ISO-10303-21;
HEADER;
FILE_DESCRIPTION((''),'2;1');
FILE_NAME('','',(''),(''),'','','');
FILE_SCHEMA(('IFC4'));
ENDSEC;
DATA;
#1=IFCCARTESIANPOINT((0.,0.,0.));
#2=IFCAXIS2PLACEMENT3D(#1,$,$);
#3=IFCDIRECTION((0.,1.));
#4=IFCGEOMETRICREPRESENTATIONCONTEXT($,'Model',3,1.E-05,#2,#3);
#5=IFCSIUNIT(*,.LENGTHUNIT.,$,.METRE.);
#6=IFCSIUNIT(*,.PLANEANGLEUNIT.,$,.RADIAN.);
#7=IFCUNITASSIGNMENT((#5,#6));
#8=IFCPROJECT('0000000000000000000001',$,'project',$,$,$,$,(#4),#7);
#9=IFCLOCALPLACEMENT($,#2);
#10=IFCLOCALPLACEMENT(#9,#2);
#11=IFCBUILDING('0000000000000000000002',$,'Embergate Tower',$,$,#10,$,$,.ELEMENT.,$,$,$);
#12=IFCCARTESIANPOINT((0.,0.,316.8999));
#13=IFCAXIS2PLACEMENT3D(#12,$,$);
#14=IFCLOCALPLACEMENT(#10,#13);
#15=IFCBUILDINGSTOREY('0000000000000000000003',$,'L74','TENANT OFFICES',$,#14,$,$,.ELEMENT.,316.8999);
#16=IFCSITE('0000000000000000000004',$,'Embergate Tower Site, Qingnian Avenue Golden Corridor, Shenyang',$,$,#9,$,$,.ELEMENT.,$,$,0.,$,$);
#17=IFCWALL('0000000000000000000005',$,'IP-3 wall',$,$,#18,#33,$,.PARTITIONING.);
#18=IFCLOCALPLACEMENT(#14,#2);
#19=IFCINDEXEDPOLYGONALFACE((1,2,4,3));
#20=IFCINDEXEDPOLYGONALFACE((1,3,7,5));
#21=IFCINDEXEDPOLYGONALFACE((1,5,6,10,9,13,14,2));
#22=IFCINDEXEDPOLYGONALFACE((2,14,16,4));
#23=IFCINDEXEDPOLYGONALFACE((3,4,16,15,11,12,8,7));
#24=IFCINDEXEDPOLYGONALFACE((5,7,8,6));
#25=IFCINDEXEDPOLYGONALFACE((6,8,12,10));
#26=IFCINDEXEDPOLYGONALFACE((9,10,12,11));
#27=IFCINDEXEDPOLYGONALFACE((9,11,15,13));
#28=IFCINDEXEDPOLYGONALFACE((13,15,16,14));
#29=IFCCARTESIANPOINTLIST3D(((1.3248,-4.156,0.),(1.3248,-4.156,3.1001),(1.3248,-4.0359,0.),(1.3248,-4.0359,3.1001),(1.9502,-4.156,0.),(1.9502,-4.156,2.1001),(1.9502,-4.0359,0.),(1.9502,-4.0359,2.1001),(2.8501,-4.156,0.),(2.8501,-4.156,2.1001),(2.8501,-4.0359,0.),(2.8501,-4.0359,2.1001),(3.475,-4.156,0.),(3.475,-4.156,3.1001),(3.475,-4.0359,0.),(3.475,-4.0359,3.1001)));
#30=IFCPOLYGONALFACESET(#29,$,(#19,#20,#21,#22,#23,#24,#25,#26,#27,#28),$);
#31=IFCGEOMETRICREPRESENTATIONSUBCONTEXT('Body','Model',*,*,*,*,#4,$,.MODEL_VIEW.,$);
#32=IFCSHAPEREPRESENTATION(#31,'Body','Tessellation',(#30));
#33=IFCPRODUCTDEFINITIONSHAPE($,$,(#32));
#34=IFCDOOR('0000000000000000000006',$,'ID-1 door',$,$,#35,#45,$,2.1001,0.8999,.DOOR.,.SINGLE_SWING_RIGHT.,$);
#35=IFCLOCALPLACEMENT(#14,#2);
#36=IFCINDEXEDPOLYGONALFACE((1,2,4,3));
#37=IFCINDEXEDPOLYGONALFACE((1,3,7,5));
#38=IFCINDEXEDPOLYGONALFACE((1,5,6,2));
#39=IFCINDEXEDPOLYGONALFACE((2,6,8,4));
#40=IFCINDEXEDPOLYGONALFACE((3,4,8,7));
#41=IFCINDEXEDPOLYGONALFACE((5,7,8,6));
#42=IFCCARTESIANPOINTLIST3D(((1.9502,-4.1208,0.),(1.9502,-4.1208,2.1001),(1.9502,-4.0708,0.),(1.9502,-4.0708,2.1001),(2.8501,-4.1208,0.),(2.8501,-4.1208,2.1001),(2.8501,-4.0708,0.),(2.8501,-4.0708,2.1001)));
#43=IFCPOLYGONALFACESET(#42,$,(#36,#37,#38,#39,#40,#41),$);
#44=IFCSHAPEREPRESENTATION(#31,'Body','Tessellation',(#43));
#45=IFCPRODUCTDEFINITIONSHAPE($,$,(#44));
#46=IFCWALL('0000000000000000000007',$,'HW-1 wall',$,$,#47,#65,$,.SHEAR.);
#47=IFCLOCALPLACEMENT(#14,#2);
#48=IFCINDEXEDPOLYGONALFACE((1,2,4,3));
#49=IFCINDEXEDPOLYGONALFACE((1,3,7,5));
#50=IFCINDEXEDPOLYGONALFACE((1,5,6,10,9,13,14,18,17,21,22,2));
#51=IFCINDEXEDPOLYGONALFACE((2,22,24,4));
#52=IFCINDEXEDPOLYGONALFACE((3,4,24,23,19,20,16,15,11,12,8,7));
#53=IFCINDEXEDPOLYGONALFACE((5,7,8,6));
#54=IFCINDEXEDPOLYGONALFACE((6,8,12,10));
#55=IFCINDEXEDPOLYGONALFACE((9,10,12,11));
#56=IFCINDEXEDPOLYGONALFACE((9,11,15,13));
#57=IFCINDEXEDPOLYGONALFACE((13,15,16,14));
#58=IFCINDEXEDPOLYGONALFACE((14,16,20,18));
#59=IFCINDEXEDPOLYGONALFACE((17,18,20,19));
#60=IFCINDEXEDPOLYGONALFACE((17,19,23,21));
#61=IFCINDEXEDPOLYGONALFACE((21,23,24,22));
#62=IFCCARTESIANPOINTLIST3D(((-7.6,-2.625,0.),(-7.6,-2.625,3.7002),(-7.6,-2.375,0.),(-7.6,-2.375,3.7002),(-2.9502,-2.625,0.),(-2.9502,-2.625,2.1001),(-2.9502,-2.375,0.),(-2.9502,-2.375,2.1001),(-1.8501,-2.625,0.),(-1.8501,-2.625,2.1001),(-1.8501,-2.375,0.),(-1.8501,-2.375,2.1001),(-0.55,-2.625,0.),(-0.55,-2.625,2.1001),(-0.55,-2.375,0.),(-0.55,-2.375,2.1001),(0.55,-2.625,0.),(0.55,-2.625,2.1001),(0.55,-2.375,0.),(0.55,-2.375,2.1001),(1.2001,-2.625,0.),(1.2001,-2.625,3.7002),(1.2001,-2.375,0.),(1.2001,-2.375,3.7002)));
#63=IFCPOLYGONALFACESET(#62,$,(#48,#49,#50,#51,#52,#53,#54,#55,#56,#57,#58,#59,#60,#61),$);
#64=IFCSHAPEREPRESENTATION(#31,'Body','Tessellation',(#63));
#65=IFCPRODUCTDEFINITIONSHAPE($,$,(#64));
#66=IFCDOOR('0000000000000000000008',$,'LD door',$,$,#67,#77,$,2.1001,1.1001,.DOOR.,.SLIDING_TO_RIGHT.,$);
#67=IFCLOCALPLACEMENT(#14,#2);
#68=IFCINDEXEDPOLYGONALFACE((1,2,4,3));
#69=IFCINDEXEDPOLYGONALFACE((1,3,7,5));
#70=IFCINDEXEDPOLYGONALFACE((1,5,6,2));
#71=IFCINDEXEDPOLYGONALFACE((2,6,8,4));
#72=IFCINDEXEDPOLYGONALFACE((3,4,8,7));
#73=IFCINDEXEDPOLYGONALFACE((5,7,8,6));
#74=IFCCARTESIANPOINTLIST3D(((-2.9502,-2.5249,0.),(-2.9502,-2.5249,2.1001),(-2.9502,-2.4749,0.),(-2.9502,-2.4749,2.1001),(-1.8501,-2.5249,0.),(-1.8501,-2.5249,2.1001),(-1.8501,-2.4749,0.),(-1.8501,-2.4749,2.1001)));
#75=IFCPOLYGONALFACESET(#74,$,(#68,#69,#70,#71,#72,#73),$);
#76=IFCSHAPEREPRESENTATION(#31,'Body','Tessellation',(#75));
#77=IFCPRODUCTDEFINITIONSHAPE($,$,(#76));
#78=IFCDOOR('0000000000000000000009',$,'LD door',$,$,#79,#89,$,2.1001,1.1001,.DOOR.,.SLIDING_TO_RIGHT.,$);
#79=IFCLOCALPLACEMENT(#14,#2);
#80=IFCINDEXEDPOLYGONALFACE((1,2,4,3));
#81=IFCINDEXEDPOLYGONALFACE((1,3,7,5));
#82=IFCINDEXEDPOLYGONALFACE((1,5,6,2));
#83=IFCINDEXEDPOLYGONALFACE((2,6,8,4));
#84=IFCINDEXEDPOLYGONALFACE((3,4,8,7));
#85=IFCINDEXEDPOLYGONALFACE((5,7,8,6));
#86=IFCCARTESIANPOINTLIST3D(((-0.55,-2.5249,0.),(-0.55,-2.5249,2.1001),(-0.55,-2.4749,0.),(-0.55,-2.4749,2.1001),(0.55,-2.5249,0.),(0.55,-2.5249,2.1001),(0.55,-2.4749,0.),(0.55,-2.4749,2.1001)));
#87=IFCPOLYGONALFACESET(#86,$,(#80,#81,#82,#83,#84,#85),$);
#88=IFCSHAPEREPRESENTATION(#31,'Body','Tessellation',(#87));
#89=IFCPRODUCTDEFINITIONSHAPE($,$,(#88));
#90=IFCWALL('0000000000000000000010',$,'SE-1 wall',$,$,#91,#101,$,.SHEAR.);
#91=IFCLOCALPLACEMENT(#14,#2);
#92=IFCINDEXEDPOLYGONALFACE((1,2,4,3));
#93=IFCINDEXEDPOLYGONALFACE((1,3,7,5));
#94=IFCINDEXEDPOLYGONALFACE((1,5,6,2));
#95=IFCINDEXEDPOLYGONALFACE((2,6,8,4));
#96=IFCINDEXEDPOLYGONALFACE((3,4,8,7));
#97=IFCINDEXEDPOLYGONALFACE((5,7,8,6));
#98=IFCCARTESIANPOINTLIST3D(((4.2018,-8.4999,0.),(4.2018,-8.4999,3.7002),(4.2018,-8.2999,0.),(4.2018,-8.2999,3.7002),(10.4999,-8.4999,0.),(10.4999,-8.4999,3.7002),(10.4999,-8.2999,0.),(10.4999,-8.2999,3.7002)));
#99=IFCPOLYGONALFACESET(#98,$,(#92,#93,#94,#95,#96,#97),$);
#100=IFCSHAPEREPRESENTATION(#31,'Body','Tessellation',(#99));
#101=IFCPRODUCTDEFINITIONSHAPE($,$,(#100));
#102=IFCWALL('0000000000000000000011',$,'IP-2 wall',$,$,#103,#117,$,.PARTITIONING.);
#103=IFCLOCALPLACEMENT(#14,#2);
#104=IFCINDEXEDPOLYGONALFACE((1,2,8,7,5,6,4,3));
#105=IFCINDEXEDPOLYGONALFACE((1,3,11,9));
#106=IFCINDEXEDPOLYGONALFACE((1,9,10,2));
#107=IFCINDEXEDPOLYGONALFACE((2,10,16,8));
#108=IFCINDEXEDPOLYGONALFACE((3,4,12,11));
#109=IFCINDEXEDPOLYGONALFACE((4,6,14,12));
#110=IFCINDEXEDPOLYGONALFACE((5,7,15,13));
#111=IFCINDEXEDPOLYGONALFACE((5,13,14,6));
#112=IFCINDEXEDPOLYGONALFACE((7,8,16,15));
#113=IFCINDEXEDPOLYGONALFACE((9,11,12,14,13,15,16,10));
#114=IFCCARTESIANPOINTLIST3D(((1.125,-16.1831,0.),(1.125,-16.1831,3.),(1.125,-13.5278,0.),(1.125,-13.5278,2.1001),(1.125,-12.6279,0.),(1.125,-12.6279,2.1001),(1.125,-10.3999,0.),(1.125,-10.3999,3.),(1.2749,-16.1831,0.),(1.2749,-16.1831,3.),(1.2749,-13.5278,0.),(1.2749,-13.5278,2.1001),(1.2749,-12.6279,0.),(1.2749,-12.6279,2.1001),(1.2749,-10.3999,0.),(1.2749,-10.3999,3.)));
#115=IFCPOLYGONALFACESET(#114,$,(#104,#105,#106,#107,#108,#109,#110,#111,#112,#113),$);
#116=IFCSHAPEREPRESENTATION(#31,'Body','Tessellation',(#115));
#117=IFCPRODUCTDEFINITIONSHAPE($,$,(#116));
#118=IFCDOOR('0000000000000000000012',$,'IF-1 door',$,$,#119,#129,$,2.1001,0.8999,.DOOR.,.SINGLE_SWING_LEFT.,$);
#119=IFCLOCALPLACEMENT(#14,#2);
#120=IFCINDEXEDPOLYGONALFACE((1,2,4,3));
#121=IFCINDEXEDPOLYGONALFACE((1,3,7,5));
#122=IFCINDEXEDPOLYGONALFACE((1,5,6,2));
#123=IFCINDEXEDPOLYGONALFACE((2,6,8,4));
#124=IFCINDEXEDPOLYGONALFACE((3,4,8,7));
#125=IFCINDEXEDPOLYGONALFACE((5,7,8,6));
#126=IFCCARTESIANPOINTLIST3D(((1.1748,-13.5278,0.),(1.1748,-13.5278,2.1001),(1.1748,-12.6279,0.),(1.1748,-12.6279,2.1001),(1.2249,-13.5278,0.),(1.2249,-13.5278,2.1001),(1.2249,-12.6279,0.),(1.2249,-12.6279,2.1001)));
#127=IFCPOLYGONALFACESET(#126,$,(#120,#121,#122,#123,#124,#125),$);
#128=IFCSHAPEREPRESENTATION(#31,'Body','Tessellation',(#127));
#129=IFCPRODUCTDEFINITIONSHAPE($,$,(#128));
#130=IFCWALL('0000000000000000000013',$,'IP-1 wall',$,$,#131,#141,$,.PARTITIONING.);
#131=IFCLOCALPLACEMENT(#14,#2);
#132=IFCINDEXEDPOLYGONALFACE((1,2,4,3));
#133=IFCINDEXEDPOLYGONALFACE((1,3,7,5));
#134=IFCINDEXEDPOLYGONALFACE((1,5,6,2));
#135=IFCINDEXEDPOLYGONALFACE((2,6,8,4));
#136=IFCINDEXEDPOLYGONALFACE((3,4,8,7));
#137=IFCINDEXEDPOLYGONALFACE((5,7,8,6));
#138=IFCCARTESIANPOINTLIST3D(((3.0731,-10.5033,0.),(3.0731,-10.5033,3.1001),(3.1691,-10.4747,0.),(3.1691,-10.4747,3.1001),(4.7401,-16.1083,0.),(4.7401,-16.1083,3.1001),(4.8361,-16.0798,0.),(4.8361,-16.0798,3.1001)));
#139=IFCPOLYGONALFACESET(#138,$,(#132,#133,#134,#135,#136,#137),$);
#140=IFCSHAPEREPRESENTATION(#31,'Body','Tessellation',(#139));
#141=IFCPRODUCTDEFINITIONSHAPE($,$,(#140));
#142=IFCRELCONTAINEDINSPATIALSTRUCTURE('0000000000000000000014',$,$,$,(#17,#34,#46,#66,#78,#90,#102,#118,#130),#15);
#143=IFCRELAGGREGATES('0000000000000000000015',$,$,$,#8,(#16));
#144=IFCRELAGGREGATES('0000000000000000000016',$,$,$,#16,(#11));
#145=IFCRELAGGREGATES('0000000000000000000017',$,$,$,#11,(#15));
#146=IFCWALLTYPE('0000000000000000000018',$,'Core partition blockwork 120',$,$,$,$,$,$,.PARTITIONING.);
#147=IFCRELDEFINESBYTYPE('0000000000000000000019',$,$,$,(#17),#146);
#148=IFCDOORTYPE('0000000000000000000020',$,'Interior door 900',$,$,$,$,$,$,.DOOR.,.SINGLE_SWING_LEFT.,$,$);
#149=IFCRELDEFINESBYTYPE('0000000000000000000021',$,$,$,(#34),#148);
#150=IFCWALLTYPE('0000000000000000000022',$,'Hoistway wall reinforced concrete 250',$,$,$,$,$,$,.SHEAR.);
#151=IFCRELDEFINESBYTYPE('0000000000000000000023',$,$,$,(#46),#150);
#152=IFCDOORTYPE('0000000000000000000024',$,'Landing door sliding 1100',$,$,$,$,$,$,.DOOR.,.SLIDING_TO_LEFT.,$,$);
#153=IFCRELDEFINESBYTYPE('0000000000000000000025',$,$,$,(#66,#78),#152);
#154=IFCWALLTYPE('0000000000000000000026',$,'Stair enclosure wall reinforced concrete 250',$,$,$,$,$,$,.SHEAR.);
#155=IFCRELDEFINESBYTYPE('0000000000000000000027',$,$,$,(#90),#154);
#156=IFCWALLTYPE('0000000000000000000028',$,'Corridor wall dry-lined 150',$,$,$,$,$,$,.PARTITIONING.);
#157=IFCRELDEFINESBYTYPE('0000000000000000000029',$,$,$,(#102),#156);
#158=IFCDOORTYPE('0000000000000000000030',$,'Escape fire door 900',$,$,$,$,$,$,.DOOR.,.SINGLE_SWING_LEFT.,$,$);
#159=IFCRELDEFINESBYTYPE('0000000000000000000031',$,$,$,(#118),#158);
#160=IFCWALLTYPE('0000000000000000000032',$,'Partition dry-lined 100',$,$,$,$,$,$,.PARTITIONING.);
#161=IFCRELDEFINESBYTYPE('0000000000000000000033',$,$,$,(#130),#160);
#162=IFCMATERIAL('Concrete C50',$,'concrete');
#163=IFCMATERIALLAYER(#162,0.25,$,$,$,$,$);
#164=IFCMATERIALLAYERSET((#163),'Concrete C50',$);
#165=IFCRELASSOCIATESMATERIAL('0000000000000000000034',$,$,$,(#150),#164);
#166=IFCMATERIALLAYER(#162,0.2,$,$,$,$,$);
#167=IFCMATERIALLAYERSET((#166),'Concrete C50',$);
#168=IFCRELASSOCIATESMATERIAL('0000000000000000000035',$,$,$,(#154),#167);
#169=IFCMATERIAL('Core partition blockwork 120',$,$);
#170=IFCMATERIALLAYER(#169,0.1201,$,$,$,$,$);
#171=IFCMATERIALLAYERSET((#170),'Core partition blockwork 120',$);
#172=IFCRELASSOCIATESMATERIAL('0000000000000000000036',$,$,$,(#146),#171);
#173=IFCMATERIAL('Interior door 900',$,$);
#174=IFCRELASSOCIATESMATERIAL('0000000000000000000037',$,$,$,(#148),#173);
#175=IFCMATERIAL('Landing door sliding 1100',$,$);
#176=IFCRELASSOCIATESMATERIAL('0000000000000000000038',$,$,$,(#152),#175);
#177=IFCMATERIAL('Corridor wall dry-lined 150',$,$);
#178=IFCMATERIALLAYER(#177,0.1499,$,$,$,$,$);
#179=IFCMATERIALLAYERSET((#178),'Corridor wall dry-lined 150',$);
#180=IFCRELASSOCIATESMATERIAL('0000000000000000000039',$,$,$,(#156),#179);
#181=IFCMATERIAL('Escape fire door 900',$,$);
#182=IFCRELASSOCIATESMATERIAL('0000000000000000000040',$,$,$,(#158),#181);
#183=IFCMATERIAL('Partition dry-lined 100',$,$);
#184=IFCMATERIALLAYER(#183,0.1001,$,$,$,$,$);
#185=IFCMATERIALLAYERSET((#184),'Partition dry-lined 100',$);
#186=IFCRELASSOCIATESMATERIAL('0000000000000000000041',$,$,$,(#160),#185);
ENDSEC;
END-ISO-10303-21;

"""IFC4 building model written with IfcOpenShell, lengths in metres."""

from ifc_helpers import new_model, si_unit, direction, frame, frame_2d, origin, place, context, subcontext, project, spatial, rectangle, extrude, source, transform, mapped, material, layer, layer_set, type_object, element, fill, save


model = new_model("IFC4")

# Units and contexts
model_context = context("Model", 3, precision=1e-05, world=origin(), true_north=direction((0.0, 1.0)))
body_context = subcontext(model_context, "Body", "Model", "MODEL_VIEW")
ifc_project = project(units=[si_unit("LENGTHUNIT", "METRE"), si_unit("PLANEANGLEUNIT", "RADIAN")], contexts=[model_context])

# Site, building, storey
site_placement = place(None, origin())
site = spatial("IfcSite", under=ifc_project, at=site_placement, Name="Embergate Tower Site, Qingnian Avenue Golden Corridor, Shenyang", CompositionType="ELEMENT", RefElevation=0.0)
building_placement = place(site_placement, origin())
building = spatial("IfcBuilding", under=site, at=building_placement, Name="Embergate Tower", CompositionType="ELEMENT")
storey_placement = place(building_placement, frame((0.0, 0.0, 316.8999)))
storey = spatial("IfcBuildingStorey", under=building, at=storey_placement, Name="L74", Description="TENANT OFFICES", CompositionType="ELEMENT", Elevation=316.8999)

# Shared definitions
ifc_material_1 = material(Name="Concrete C50", Category="concrete")
ifc_layer_1 = layer(ifc_material_1, 0.25)
ifc_layer_set_1 = layer_set([ifc_layer_1], Name="Concrete C50")
wall_type_1 = type_object("IfcWallType", Name="Hoistway wall reinforced concrete 250", PredefinedType="SHEAR", material=ifc_layer_set_1)
ifc_layer_2 = layer(ifc_material_1, 0.2)
ifc_layer_set_2 = layer_set([ifc_layer_2], Name="Concrete C50")
wall_type_2 = type_object("IfcWallType", Name="Stair enclosure wall reinforced concrete 250", PredefinedType="SHEAR", material=ifc_layer_set_2)

# Shared definitions
ifc_material_2 = material(Name="Core partition blockwork 120")
ifc_layer_3 = layer(ifc_material_2, 0.1201)
ifc_layer_set_3 = layer_set([ifc_layer_3], Name="Core partition blockwork 120")
wall_type_3 = type_object("IfcWallType", Name="Core partition blockwork 120", PredefinedType="PARTITIONING", material=ifc_layer_set_3)
shared_shape_1 = source(origin(), body_context, "Body", "SweptSolid", [
    extrude(rectangle(XDim=0.8999, YDim=2.1001, at=frame_2d((0.45, 1.05))), frame((0.0, 0.0701, 0.0), z_axis=(0.0, -1.0, 0.0), x_axis=(1.0, 0.0, 0.0)), (0.0, 0.0, 1.0), 0.1401),
])
ifc_material_3 = material(Name="Interior door 900")
door_type_1 = type_object("IfcDoorType", Name="Interior door 900", OperationType="SINGLE_SWING_LEFT", PredefinedType="DOOR", material=ifc_material_3)
shared_shape_2 = source(origin(), body_context, "Body", "SweptSolid", [
    extrude(rectangle(XDim=0.8999, YDim=2.1001, at=frame_2d((0.45, 1.05))), frame((0.0, 0.0249, 0.0), z_axis=(0.0, -1.0, 0.0), x_axis=(1.0, 0.0, 0.0)), (0.0, 0.0, 1.0), 0.05),
])

# Wall, opening, door
shared_shape_3 = source(origin(), body_context, "Body", "SweptSolid", [
    extrude(rectangle(XDim=2.1501, YDim=0.1201, at=frame_2d((1.0752, 0.0))), origin(), (0.0, 0.0, 1.0), 3.1001),
])
wall_1_placement = place(storey_placement, frame((3.4751, -4.0959, 0.0), z_axis=(0.0, 0.0, 1.0), x_axis=(-1.0, 0.0, 0.0)))
wall_1 = element("IfcWall", 1, at=wall_1_placement, inside=storey, type_object=wall_type_3, Name="IP-3 wall", PredefinedType="PARTITIONING", context=body_context, shape_type="MappedRepresentation", body=[
    mapped(shared_shape_3, transform((0.0, 0.0, 0.0))),
])
opening_1_placement = place(wall_1_placement, frame((0.625, 0.0, 0.0)))
opening_1 = element("IfcOpeningElement", 2, at=opening_1_placement, cuts=wall_1, PredefinedType="OPENING", context=body_context, shape_type="MappedRepresentation", body=[
    mapped(shared_shape_1, transform((0.0, 0.0, 0.0))),
])
door_1_placement = place(opening_1_placement, origin())
door_1 = element("IfcDoor", 3, at=door_1_placement, inside=storey, type_object=door_type_1, Name="ID-1 door", OperationType="SINGLE_SWING_RIGHT", OverallHeight=2.1001, OverallWidth=0.8999, PredefinedType="DOOR", context=body_context, shape_type="MappedRepresentation", body=[
    mapped(shared_shape_2, transform((0.0, 0.0, 0.0))),
])
fill(opening_1, door_1)

# Wall, openings, doors
shared_shape_4 = source(origin(), body_context, "Body", "SweptSolid", [
    extrude(rectangle(XDim=8.8, YDim=0.25, at=frame_2d((4.3999, 0.0))), origin(), (0.0, 0.0, 1.0), 3.7002),
])
wall_2_placement = place(storey_placement, frame((1.2, -2.5, 0.0), z_axis=(0.0, 0.0, 1.0), x_axis=(-1.0, 0.0, 0.0)))
wall_2 = element("IfcWall", 4, at=wall_2_placement, inside=storey, type_object=wall_type_1, Name="HW-1 wall", PredefinedType="SHEAR", context=body_context, shape_type="MappedRepresentation", body=[
    mapped(shared_shape_4, transform((0.0, 0.0, 0.0))),
])
shared_shape_5 = source(origin(), body_context, "Body", "SweptSolid", [
    extrude(rectangle(XDim=1.1001, YDim=2.1001, at=frame_2d((0.55, 1.05))), frame((0.0, 0.135, 0.0), z_axis=(0.0, -1.0, 0.0), x_axis=(1.0, 0.0, 0.0)), (0.0, 0.0, 1.0), 0.27),
])
opening_2_placement = place(wall_2_placement, frame((3.05, 0.0, 0.0)))
opening_2 = element("IfcOpeningElement", 5, at=opening_2_placement, cuts=wall_2, PredefinedType="OPENING", context=body_context, shape_type="MappedRepresentation", body=[
    mapped(shared_shape_5, transform((0.0, 0.0, 0.0))),
])
opening_3_placement = place(wall_2_placement, frame((0.6499, 0.0, 0.0)))
opening_3 = element("IfcOpeningElement", 6, at=opening_3_placement, cuts=wall_2, PredefinedType="OPENING", context=body_context, shape_type="MappedRepresentation", body=[
    mapped(shared_shape_5, transform((0.0, 0.0, 0.0))),
])
ifc_material_4 = material(Name="Landing door sliding 1100")
door_type_2 = type_object("IfcDoorType", Name="Landing door sliding 1100", OperationType="SLIDING_TO_LEFT", PredefinedType="DOOR", material=ifc_material_4)
shared_shape_6 = source(origin(), body_context, "Body", "SweptSolid", [
    extrude(rectangle(XDim=1.1001, YDim=2.1001, at=frame_2d((0.55, 1.05))), frame((0.0, 0.0249, 0.0), z_axis=(0.0, -1.0, 0.0), x_axis=(1.0, 0.0, 0.0)), (0.0, 0.0, 1.0), 0.05),
])
door_2_placement = place(opening_2_placement, origin())
door_2 = element("IfcDoor", 7, at=door_2_placement, inside=storey, type_object=door_type_2, Name="LD door", OperationType="SLIDING_TO_RIGHT", OverallHeight=2.1001, OverallWidth=1.1001, PredefinedType="DOOR", context=body_context, shape_type="MappedRepresentation", body=[
    mapped(shared_shape_6, transform((0.0, 0.0, 0.0))),
])
fill(opening_2, door_2)
door_3_placement = place(opening_3_placement, origin())
door_3 = element("IfcDoor", 8, at=door_3_placement, inside=storey, type_object=door_type_2, Name="LD door", OperationType="SLIDING_TO_RIGHT", OverallHeight=2.1001, OverallWidth=1.1001, PredefinedType="DOOR", context=body_context, shape_type="MappedRepresentation", body=[
    mapped(shared_shape_6, transform((0.0, 0.0, 0.0))),
])
fill(opening_3, door_3)

# Wall
shared_shape_7 = source(origin(), body_context, "Body", "SweptSolid", [
    extrude(rectangle(XDim=6.2981, YDim=0.2, at=frame_2d((3.1489, 0.0))), origin(), (0.0, 0.0, 1.0), 3.7002),
])
wall_3_placement = place(storey_placement, frame((4.2019, -8.3999, 0.0), z_axis=(0.0, 0.0, 1.0), x_axis=(1.0, 0.0, 0.0)))
element("IfcWall", 9, at=wall_3_placement, inside=storey, type_object=wall_type_2, Name="SE-1 wall", PredefinedType="SHEAR", context=body_context, shape_type="MappedRepresentation", body=[
    mapped(shared_shape_7, transform((0.0, 0.0, 0.0))),
])

# Wall, opening, door
ifc_material_5 = material(Name="Corridor wall dry-lined 150")
ifc_layer_4 = layer(ifc_material_5, 0.1499)
ifc_layer_set_4 = layer_set([ifc_layer_4], Name="Corridor wall dry-lined 150")
wall_type_4 = type_object("IfcWallType", Name="Corridor wall dry-lined 150", PredefinedType="PARTITIONING", material=ifc_layer_set_4)
shared_shape_8 = source(origin(), body_context, "Body", "SweptSolid", [
    extrude(rectangle(XDim=5.7832, YDim=0.1499, at=frame_2d((2.8916, 0.0))), origin(), (0.0, 0.0, 1.0), 3.0),
])
wall_4_placement = place(storey_placement, frame((1.2, -10.3999, 0.0), z_axis=(0.0, 0.0, 1.0), x_axis=(0.0, -1.0, 0.0)))
wall_4 = element("IfcWall", 10, at=wall_4_placement, inside=storey, type_object=wall_type_4, Name="IP-2 wall", PredefinedType="PARTITIONING", context=body_context, shape_type="MappedRepresentation", body=[
    mapped(shared_shape_8, transform((0.0, 0.0, 0.0))),
])
shared_shape_9 = source(origin(), body_context, "Body", "SweptSolid", [
    extrude(rectangle(XDim=0.8999, YDim=2.1001, at=frame_2d((0.45, 1.05))), frame((0.0, 0.085, 0.0), z_axis=(0.0, -1.0, 0.0), x_axis=(1.0, 0.0, 0.0)), (0.0, 0.0, 1.0), 0.1699),
])
opening_4_placement = place(wall_4_placement, frame((2.228, 0.0, 0.0)))
opening_4 = element("IfcOpeningElement", 11, at=opening_4_placement, cuts=wall_4, PredefinedType="OPENING", context=body_context, shape_type="MappedRepresentation", body=[
    mapped(shared_shape_9, transform((0.0, 0.0, 0.0))),
])
ifc_material_6 = material(Name="Escape fire door 900")
door_type_3 = type_object("IfcDoorType", Name="Escape fire door 900", OperationType="SINGLE_SWING_LEFT", PredefinedType="DOOR", material=ifc_material_6)
door_4_placement = place(opening_4_placement, origin())
door_4 = element("IfcDoor", 12, at=door_4_placement, inside=storey, type_object=door_type_3, Name="IF-1 door", OperationType="SINGLE_SWING_LEFT", OverallHeight=2.1001, OverallWidth=0.8999, PredefinedType="DOOR", context=body_context, shape_type="MappedRepresentation", body=[
    mapped(shared_shape_2, transform((0.0, 0.0, 0.0))),
])
fill(opening_4, door_4)

# Wall
ifc_material_7 = material(Name="Partition dry-lined 100")
ifc_layer_5 = layer(ifc_material_7, 0.1001)
ifc_layer_set_5 = layer_set([ifc_layer_5], Name="Partition dry-lined 100")
wall_type_5 = type_object("IfcWallType", Name="Partition dry-lined 100", PredefinedType="PARTITIONING", material=ifc_layer_set_5)
shared_shape_10 = source(origin(), body_context, "Body", "SweptSolid", [
    extrude(rectangle(XDim=5.8477, YDim=0.1001, at=frame_2d((2.9238, 0.0))), origin(), (0.0, 0.0, 1.0), 3.1001),
])
wall_5_placement = place(storey_placement, frame((3.1211, -10.489, 0.0), z_axis=(0.0, 0.0, 1.0), x_axis=(0.285072, -0.958506, 0.0)))
element("IfcWall", 13, at=wall_5_placement, inside=storey, type_object=wall_type_5, Name="IP-1 wall", PredefinedType="PARTITIONING", context=body_context, shape_type="MappedRepresentation", body=[
    mapped(shared_shape_10, transform((0.0, 0.0, 0.0))),
])

save(model, "model.ifc")
